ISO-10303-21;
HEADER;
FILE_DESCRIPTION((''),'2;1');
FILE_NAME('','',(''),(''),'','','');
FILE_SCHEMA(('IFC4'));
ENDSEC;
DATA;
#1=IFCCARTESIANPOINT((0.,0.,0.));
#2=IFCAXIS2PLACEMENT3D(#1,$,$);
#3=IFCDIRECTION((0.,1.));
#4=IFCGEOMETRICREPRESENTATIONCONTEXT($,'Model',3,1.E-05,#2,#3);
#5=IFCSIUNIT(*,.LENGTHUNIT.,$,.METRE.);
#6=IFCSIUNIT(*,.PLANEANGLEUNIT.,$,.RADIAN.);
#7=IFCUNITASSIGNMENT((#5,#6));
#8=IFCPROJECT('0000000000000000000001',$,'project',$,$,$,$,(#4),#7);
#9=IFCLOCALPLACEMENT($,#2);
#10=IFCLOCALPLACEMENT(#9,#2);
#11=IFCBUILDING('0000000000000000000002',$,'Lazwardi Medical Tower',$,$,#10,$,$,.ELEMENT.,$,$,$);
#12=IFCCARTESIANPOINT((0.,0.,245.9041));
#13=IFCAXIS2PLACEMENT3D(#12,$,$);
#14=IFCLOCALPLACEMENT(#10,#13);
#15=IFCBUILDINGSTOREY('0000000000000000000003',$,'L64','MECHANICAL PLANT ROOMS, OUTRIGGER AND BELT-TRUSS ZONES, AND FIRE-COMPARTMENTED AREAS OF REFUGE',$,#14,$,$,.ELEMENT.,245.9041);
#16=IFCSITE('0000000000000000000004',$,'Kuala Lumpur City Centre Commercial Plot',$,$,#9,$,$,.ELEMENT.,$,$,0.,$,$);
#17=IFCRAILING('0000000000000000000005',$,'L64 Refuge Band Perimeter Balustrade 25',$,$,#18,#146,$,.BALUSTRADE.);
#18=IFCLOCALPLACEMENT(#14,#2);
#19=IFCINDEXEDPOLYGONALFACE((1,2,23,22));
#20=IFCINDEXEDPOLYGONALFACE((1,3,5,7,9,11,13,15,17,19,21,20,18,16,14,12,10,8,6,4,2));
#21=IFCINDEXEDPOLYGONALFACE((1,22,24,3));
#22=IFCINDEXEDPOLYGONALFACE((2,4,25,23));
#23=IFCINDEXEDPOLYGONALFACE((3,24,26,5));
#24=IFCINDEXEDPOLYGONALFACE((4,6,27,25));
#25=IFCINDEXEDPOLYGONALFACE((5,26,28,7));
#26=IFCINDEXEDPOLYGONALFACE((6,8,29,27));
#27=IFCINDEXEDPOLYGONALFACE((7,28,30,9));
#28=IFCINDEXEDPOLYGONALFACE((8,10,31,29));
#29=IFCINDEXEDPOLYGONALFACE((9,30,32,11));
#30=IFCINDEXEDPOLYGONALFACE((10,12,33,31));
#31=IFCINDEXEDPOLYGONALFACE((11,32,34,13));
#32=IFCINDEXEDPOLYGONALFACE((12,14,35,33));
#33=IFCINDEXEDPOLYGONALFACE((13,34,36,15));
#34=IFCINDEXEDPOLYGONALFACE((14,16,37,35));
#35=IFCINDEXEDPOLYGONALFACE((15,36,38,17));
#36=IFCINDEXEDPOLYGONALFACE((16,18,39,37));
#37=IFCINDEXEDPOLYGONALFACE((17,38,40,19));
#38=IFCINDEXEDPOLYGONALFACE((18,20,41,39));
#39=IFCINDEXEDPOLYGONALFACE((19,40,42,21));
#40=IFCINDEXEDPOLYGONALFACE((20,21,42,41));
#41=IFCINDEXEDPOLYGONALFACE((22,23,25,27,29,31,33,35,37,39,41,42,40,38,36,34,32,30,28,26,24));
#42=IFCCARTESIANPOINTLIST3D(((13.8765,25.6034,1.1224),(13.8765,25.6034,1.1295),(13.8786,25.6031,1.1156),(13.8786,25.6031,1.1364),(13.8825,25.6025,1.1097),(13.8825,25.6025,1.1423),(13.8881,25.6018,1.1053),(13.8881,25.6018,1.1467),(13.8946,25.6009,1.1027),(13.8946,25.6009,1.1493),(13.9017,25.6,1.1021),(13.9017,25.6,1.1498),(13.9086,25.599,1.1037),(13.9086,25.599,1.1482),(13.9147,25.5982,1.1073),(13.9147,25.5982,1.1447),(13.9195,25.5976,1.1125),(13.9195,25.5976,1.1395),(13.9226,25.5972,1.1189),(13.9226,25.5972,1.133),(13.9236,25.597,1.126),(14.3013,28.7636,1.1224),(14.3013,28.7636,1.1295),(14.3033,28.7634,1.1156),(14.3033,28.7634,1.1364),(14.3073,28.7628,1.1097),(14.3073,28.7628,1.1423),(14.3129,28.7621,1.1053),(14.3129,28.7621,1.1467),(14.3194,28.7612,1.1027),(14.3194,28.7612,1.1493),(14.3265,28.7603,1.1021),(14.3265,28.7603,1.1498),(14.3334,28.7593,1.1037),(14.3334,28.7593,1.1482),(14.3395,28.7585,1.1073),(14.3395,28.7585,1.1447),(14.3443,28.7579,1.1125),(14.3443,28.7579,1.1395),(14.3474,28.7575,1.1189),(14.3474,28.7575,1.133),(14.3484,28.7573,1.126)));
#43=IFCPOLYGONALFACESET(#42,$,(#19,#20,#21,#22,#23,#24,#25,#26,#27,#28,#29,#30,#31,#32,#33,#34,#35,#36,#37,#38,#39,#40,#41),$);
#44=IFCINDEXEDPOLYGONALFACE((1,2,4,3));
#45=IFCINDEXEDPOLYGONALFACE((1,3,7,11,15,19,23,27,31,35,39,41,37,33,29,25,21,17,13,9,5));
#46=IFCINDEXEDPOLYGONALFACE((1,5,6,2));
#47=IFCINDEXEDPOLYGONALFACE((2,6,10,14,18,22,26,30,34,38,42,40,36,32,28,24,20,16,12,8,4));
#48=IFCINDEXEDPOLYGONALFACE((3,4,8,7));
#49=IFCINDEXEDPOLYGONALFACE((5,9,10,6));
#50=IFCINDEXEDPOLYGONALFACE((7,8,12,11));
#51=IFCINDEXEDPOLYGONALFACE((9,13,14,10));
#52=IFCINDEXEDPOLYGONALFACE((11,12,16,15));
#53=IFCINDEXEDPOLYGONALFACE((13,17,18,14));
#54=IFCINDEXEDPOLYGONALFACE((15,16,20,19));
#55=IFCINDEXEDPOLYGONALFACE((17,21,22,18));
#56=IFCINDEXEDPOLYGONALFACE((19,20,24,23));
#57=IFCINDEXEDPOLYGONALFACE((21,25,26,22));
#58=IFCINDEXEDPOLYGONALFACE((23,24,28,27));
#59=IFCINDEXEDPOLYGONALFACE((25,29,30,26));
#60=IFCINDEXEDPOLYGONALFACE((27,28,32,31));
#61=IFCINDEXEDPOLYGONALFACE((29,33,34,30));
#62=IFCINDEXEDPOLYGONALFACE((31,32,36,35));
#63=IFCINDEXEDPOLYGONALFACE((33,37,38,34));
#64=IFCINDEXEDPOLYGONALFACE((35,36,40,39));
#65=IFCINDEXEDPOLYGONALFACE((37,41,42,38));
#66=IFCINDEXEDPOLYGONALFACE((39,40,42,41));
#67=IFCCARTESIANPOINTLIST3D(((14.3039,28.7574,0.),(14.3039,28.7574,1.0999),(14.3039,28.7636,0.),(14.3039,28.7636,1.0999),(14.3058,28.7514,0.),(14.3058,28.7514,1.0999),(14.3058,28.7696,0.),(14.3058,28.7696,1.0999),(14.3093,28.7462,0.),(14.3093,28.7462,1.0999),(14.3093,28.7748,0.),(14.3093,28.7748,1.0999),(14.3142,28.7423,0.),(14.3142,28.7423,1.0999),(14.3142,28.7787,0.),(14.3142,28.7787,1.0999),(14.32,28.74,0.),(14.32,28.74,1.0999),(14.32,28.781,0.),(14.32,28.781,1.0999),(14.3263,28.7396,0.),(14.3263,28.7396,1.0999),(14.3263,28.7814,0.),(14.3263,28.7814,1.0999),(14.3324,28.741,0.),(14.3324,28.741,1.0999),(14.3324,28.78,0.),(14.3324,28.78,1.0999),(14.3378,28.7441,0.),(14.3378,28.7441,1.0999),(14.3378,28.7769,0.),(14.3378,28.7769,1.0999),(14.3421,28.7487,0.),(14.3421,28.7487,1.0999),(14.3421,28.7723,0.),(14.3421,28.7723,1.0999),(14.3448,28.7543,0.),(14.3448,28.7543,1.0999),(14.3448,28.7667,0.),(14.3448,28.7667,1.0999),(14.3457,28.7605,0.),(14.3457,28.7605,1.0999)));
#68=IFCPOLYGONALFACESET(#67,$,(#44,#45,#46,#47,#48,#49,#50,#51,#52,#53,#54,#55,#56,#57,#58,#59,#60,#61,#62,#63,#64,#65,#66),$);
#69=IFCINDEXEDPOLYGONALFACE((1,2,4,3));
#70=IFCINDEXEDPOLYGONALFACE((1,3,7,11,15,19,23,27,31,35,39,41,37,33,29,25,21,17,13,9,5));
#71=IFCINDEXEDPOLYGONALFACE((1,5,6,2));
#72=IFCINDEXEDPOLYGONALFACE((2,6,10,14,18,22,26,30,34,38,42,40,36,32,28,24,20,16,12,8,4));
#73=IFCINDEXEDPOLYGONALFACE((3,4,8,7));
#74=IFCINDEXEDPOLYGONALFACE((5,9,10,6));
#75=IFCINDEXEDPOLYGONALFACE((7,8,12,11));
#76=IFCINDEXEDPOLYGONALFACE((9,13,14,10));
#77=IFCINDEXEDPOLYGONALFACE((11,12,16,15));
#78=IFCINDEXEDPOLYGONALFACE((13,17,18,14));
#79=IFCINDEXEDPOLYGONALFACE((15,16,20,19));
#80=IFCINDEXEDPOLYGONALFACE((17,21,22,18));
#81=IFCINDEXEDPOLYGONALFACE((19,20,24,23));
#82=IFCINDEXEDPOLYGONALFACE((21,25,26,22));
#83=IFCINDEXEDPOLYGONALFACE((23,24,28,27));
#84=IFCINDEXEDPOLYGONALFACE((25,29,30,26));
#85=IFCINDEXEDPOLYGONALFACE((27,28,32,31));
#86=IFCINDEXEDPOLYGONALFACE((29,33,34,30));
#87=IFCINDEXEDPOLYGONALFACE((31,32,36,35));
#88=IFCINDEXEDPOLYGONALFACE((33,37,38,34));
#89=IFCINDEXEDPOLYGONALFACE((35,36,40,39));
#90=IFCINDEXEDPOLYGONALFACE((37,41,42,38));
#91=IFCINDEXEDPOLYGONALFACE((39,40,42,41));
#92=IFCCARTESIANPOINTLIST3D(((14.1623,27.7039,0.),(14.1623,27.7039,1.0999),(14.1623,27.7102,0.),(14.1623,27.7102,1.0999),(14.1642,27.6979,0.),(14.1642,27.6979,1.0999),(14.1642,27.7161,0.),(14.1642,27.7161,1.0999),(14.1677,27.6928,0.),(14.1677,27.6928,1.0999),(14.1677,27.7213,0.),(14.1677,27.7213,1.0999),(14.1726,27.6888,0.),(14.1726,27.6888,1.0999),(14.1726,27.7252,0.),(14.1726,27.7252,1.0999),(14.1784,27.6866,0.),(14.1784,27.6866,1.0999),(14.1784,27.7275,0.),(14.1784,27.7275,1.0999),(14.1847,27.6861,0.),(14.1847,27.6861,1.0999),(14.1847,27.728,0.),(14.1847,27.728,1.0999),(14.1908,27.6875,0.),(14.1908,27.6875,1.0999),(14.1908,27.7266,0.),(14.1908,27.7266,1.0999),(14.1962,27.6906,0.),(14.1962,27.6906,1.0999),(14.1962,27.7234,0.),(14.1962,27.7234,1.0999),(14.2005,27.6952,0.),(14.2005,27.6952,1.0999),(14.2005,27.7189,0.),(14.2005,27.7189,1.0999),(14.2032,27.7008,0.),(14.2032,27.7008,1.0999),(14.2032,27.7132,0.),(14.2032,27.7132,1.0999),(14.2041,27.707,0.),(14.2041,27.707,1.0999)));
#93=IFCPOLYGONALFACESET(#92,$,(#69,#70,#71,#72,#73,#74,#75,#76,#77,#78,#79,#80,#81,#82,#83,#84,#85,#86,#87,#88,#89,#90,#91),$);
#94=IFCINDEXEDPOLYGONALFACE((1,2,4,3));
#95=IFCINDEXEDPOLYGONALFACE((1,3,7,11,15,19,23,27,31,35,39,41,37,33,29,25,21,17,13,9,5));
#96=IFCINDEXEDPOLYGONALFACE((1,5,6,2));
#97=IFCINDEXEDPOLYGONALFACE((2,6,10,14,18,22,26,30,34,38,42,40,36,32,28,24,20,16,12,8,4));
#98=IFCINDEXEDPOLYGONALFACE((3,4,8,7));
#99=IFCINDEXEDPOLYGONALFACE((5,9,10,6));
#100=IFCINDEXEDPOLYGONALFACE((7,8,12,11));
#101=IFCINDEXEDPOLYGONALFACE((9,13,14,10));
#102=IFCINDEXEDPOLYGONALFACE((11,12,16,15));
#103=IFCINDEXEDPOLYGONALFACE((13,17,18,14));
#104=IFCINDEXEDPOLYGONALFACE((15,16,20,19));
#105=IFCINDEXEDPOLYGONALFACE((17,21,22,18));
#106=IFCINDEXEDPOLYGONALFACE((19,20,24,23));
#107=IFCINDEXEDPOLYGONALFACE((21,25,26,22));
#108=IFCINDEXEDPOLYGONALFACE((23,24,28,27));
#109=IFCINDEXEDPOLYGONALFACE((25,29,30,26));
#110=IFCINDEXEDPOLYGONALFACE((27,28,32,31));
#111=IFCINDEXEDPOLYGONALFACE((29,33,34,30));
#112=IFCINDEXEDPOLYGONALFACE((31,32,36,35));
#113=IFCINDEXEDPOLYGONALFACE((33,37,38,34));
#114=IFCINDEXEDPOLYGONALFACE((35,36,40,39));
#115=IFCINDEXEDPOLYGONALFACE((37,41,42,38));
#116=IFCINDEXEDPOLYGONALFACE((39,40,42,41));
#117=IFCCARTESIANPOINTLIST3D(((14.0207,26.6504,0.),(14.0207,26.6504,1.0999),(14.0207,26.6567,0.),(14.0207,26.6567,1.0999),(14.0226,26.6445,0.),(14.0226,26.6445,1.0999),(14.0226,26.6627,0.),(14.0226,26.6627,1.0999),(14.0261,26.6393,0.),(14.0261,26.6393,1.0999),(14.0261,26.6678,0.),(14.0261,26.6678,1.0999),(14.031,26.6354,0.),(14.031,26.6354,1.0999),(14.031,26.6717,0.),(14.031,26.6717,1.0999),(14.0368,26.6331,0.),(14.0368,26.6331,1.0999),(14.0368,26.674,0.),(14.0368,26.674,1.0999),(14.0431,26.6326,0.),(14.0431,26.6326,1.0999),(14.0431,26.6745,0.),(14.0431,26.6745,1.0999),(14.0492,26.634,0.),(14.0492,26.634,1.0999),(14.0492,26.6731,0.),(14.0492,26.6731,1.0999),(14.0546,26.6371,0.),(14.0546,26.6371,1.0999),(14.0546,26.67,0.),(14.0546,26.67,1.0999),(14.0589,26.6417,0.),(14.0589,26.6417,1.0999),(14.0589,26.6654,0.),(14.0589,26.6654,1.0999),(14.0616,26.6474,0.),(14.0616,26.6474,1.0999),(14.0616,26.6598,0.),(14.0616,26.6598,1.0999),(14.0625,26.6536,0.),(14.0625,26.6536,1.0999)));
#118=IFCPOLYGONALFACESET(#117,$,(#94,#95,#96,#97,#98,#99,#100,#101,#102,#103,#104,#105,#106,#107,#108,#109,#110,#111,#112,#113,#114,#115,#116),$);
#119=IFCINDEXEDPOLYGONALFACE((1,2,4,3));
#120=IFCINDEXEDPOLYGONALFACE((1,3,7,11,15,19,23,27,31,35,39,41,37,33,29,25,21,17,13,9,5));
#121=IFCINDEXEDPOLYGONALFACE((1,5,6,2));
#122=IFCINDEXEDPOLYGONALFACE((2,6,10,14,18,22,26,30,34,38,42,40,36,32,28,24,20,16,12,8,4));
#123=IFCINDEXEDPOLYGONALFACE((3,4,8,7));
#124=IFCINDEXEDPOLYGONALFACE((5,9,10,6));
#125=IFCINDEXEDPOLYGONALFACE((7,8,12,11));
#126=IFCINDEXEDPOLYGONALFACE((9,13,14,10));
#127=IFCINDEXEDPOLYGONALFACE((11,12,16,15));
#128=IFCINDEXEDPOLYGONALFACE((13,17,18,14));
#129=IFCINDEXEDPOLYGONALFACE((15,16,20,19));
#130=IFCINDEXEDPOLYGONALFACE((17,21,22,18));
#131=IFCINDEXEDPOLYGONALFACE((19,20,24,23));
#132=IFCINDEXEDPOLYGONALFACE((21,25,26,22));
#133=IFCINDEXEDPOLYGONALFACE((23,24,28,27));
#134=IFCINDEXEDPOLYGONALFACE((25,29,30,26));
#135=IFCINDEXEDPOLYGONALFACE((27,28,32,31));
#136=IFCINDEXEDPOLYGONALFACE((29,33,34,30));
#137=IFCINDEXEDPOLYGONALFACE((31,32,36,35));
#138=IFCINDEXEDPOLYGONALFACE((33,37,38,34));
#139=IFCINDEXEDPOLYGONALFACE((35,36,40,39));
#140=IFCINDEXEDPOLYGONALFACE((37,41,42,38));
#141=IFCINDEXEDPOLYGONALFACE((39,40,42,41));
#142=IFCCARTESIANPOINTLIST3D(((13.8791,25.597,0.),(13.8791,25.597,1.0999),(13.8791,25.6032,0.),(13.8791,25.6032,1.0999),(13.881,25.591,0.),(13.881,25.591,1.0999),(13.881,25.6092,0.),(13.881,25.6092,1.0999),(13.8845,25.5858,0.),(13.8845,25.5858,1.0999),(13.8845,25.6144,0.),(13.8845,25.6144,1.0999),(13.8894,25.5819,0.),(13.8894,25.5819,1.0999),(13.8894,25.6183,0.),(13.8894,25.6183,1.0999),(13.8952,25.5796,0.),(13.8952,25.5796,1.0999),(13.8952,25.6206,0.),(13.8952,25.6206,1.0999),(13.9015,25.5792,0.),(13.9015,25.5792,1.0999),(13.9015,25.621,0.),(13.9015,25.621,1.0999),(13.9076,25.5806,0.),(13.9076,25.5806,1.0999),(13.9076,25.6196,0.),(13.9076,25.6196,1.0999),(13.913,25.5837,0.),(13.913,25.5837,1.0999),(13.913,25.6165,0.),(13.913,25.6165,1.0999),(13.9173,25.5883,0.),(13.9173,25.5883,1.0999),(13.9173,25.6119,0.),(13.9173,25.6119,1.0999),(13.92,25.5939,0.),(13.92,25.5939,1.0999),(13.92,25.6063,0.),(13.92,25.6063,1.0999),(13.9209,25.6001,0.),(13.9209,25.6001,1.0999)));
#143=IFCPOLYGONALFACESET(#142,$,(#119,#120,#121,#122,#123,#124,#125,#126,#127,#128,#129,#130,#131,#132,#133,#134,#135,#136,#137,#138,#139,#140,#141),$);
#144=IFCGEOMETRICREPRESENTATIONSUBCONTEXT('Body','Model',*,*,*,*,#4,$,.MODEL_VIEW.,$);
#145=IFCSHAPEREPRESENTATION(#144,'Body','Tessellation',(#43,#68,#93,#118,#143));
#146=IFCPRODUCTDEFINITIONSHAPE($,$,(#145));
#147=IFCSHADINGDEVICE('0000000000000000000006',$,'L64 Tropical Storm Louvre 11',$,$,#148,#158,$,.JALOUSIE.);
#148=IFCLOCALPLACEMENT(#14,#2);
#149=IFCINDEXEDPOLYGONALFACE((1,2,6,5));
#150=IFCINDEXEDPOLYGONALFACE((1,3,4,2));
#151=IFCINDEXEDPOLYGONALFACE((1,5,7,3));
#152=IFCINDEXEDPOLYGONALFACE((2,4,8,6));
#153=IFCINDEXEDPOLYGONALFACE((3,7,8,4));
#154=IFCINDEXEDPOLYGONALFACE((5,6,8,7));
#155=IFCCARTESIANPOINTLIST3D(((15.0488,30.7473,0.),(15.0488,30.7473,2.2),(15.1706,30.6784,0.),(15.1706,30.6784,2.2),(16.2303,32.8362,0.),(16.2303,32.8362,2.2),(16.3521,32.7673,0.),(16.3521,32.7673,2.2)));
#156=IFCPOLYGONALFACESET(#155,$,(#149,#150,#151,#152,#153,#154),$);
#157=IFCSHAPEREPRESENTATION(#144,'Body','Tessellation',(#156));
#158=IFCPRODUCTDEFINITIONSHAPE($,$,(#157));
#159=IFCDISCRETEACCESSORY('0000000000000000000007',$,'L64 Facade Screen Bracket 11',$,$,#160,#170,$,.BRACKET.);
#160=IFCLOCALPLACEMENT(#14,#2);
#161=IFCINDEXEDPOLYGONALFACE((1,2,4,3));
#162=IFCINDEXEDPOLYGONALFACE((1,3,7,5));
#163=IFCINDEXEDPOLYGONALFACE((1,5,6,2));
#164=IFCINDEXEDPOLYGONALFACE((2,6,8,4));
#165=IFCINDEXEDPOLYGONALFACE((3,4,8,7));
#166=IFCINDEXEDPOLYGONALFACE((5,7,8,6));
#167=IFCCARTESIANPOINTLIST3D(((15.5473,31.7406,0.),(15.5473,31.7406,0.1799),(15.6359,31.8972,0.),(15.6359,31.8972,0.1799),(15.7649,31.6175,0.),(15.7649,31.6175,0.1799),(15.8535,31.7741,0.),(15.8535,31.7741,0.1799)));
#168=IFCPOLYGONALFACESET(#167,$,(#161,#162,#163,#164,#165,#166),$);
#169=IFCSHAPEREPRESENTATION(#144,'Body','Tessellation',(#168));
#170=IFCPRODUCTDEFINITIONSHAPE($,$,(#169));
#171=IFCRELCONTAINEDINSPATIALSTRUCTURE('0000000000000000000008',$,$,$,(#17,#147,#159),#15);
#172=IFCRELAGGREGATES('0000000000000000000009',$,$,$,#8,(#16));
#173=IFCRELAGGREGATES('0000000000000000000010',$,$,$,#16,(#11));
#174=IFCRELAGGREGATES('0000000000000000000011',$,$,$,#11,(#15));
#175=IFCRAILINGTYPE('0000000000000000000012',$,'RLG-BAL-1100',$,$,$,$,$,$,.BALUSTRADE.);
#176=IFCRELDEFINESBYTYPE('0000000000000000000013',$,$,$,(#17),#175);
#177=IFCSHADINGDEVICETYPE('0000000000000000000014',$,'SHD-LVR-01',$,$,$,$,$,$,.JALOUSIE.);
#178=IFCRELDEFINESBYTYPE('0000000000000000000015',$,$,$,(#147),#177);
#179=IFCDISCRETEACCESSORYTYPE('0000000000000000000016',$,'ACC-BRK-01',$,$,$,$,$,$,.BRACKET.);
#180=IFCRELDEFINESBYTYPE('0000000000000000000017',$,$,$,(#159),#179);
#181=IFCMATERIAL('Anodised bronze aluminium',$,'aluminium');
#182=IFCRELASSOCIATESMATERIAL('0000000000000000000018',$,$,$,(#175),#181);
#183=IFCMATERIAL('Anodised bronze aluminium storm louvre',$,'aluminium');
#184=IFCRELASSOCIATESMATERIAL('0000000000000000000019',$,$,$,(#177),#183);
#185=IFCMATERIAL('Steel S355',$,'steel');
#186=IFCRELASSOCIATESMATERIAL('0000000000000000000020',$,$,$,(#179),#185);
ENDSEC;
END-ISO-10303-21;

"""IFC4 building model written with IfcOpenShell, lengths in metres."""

from ifc_helpers import new_model, si_unit, direction, frame, origin, origin_2d, place, context, subcontext, project, spatial, rectangle, circle, extrude, material, type_object, element, save


model = new_model("IFC4")

# Units and contexts
model_context = context("Model", 3, precision=1e-05, world=origin(), true_north=direction((0.0, 1.0)))
body_context = subcontext(model_context, "Body", "Model", "MODEL_VIEW")
ifc_project = project(units=[si_unit("LENGTHUNIT", "METRE"), si_unit("PLANEANGLEUNIT", "RADIAN")], contexts=[model_context])

# Site, building, storey
site_placement = place(None, origin())
site = spatial("IfcSite", under=ifc_project, at=site_placement, Name="Kuala Lumpur City Centre Commercial Plot", CompositionType="ELEMENT", RefElevation=0.0)
building_placement = place(site_placement, origin())
building = spatial("IfcBuilding", under=site, at=building_placement, Name="Lazwardi Medical Tower", CompositionType="ELEMENT")
storey_placement = place(building_placement, frame((0.0, 0.0, 245.9041)))
storey = spatial("IfcBuildingStorey", under=building, at=storey_placement, Name="L64", Description="MECHANICAL PLANT ROOMS, OUTRIGGER AND BELT-TRUSS ZONES, AND FIRE-COMPARTMENTED AREAS OF REFUGE", CompositionType="ELEMENT", Elevation=245.9041)

# Shared definitions
ifc_material_1 = material(Name="Steel S355", Category="steel")

# Railing
ifc_material_2 = material(Name="Anodised bronze aluminium", Category="aluminium")
railing_type = type_object("IfcRailingType", Name="RLG-BAL-1100", PredefinedType="BALUSTRADE", material=ifc_material_2)
railing_1_placement = place(storey_placement, frame((14.3247, 28.7605, 0.0)))
element("IfcRailing", 1, at=railing_1_placement, inside=storey, type_object=railing_type, Name="L64 Refuge Band Perimeter Balustrade 25", PredefinedType="BALUSTRADE", context=body_context, shape_type="SweptSolid", body=[
    extrude(circle(Radius=0.0239, at=origin_2d()), frame((0.0, 0.0, 1.126), z_axis=(-0.133217, -0.991087, 0.0), x_axis=(0.991087, -0.133217, 0.0)), (0.0, 0.0, 1.0), 3.1887),
    extrude(circle(Radius=0.021, at=origin_2d()), origin(), (0.0, 0.0, 1.0), 1.0999),
    extrude(circle(Radius=0.021, at=origin_2d()), frame((-0.1416, -1.0535, 0.0)), (0.0, 0.0, 1.0), 1.0999),
    extrude(circle(Radius=0.021, at=origin_2d()), frame((-0.2832, -2.1069, 0.0)), (0.0, 0.0, 1.0), 1.0999),
    extrude(circle(Radius=0.021, at=origin_2d()), frame((-0.4248, -3.1604, 0.0)), (0.0, 0.0, 1.0), 1.0999),
])

# Shading device
ifc_material_3 = material(Name="Anodised bronze aluminium storm louvre", Category="aluminium")
shading_device_type = type_object("IfcShadingDeviceType", Name="SHD-LVR-01", PredefinedType="JALOUSIE", material=ifc_material_3)
shading_device_placement = place(storey_placement, frame((15.7004, 31.7573, 0.0), z_axis=(0.0, 0.0, 1.0), x_axis=(-0.492325, -0.870412, 0.0)))
element("IfcShadingDevice", 2, at=shading_device_placement, inside=storey, type_object=shading_device_type, Name="L64 Tropical Storm Louvre 11", PredefinedType="JALOUSIE", context=body_context, shape_type="SweptSolid", body=[
    extrude(rectangle(XDim=2.3999, YDim=0.1399, at=origin_2d()), origin(), (0.0, 0.0, 1.0), 2.2),
])

# Discrete accessory
discrete_accessory_type = type_object("IfcDiscreteAccessoryType", Name="ACC-BRK-01", PredefinedType="BRACKET", material=ifc_material_1)
discrete_accessory_placement = place(storey_placement, frame((15.7004, 31.7573, 0.0), z_axis=(0.0, 0.0, 1.0), x_axis=(-0.492325, -0.870412, 0.0)))
element("IfcDiscreteAccessory", 3, at=discrete_accessory_placement, inside=storey, type_object=discrete_accessory_type, Name="L64 Facade Screen Bracket 11", PredefinedType="BRACKET", context=body_context, shape_type="SweptSolid", body=[
    extrude(rectangle(XDim=0.1799, YDim=0.25, at=origin_2d()), origin(), (0.0, 0.0, 1.0), 0.1799),
])

save(model, "model.ifc")
